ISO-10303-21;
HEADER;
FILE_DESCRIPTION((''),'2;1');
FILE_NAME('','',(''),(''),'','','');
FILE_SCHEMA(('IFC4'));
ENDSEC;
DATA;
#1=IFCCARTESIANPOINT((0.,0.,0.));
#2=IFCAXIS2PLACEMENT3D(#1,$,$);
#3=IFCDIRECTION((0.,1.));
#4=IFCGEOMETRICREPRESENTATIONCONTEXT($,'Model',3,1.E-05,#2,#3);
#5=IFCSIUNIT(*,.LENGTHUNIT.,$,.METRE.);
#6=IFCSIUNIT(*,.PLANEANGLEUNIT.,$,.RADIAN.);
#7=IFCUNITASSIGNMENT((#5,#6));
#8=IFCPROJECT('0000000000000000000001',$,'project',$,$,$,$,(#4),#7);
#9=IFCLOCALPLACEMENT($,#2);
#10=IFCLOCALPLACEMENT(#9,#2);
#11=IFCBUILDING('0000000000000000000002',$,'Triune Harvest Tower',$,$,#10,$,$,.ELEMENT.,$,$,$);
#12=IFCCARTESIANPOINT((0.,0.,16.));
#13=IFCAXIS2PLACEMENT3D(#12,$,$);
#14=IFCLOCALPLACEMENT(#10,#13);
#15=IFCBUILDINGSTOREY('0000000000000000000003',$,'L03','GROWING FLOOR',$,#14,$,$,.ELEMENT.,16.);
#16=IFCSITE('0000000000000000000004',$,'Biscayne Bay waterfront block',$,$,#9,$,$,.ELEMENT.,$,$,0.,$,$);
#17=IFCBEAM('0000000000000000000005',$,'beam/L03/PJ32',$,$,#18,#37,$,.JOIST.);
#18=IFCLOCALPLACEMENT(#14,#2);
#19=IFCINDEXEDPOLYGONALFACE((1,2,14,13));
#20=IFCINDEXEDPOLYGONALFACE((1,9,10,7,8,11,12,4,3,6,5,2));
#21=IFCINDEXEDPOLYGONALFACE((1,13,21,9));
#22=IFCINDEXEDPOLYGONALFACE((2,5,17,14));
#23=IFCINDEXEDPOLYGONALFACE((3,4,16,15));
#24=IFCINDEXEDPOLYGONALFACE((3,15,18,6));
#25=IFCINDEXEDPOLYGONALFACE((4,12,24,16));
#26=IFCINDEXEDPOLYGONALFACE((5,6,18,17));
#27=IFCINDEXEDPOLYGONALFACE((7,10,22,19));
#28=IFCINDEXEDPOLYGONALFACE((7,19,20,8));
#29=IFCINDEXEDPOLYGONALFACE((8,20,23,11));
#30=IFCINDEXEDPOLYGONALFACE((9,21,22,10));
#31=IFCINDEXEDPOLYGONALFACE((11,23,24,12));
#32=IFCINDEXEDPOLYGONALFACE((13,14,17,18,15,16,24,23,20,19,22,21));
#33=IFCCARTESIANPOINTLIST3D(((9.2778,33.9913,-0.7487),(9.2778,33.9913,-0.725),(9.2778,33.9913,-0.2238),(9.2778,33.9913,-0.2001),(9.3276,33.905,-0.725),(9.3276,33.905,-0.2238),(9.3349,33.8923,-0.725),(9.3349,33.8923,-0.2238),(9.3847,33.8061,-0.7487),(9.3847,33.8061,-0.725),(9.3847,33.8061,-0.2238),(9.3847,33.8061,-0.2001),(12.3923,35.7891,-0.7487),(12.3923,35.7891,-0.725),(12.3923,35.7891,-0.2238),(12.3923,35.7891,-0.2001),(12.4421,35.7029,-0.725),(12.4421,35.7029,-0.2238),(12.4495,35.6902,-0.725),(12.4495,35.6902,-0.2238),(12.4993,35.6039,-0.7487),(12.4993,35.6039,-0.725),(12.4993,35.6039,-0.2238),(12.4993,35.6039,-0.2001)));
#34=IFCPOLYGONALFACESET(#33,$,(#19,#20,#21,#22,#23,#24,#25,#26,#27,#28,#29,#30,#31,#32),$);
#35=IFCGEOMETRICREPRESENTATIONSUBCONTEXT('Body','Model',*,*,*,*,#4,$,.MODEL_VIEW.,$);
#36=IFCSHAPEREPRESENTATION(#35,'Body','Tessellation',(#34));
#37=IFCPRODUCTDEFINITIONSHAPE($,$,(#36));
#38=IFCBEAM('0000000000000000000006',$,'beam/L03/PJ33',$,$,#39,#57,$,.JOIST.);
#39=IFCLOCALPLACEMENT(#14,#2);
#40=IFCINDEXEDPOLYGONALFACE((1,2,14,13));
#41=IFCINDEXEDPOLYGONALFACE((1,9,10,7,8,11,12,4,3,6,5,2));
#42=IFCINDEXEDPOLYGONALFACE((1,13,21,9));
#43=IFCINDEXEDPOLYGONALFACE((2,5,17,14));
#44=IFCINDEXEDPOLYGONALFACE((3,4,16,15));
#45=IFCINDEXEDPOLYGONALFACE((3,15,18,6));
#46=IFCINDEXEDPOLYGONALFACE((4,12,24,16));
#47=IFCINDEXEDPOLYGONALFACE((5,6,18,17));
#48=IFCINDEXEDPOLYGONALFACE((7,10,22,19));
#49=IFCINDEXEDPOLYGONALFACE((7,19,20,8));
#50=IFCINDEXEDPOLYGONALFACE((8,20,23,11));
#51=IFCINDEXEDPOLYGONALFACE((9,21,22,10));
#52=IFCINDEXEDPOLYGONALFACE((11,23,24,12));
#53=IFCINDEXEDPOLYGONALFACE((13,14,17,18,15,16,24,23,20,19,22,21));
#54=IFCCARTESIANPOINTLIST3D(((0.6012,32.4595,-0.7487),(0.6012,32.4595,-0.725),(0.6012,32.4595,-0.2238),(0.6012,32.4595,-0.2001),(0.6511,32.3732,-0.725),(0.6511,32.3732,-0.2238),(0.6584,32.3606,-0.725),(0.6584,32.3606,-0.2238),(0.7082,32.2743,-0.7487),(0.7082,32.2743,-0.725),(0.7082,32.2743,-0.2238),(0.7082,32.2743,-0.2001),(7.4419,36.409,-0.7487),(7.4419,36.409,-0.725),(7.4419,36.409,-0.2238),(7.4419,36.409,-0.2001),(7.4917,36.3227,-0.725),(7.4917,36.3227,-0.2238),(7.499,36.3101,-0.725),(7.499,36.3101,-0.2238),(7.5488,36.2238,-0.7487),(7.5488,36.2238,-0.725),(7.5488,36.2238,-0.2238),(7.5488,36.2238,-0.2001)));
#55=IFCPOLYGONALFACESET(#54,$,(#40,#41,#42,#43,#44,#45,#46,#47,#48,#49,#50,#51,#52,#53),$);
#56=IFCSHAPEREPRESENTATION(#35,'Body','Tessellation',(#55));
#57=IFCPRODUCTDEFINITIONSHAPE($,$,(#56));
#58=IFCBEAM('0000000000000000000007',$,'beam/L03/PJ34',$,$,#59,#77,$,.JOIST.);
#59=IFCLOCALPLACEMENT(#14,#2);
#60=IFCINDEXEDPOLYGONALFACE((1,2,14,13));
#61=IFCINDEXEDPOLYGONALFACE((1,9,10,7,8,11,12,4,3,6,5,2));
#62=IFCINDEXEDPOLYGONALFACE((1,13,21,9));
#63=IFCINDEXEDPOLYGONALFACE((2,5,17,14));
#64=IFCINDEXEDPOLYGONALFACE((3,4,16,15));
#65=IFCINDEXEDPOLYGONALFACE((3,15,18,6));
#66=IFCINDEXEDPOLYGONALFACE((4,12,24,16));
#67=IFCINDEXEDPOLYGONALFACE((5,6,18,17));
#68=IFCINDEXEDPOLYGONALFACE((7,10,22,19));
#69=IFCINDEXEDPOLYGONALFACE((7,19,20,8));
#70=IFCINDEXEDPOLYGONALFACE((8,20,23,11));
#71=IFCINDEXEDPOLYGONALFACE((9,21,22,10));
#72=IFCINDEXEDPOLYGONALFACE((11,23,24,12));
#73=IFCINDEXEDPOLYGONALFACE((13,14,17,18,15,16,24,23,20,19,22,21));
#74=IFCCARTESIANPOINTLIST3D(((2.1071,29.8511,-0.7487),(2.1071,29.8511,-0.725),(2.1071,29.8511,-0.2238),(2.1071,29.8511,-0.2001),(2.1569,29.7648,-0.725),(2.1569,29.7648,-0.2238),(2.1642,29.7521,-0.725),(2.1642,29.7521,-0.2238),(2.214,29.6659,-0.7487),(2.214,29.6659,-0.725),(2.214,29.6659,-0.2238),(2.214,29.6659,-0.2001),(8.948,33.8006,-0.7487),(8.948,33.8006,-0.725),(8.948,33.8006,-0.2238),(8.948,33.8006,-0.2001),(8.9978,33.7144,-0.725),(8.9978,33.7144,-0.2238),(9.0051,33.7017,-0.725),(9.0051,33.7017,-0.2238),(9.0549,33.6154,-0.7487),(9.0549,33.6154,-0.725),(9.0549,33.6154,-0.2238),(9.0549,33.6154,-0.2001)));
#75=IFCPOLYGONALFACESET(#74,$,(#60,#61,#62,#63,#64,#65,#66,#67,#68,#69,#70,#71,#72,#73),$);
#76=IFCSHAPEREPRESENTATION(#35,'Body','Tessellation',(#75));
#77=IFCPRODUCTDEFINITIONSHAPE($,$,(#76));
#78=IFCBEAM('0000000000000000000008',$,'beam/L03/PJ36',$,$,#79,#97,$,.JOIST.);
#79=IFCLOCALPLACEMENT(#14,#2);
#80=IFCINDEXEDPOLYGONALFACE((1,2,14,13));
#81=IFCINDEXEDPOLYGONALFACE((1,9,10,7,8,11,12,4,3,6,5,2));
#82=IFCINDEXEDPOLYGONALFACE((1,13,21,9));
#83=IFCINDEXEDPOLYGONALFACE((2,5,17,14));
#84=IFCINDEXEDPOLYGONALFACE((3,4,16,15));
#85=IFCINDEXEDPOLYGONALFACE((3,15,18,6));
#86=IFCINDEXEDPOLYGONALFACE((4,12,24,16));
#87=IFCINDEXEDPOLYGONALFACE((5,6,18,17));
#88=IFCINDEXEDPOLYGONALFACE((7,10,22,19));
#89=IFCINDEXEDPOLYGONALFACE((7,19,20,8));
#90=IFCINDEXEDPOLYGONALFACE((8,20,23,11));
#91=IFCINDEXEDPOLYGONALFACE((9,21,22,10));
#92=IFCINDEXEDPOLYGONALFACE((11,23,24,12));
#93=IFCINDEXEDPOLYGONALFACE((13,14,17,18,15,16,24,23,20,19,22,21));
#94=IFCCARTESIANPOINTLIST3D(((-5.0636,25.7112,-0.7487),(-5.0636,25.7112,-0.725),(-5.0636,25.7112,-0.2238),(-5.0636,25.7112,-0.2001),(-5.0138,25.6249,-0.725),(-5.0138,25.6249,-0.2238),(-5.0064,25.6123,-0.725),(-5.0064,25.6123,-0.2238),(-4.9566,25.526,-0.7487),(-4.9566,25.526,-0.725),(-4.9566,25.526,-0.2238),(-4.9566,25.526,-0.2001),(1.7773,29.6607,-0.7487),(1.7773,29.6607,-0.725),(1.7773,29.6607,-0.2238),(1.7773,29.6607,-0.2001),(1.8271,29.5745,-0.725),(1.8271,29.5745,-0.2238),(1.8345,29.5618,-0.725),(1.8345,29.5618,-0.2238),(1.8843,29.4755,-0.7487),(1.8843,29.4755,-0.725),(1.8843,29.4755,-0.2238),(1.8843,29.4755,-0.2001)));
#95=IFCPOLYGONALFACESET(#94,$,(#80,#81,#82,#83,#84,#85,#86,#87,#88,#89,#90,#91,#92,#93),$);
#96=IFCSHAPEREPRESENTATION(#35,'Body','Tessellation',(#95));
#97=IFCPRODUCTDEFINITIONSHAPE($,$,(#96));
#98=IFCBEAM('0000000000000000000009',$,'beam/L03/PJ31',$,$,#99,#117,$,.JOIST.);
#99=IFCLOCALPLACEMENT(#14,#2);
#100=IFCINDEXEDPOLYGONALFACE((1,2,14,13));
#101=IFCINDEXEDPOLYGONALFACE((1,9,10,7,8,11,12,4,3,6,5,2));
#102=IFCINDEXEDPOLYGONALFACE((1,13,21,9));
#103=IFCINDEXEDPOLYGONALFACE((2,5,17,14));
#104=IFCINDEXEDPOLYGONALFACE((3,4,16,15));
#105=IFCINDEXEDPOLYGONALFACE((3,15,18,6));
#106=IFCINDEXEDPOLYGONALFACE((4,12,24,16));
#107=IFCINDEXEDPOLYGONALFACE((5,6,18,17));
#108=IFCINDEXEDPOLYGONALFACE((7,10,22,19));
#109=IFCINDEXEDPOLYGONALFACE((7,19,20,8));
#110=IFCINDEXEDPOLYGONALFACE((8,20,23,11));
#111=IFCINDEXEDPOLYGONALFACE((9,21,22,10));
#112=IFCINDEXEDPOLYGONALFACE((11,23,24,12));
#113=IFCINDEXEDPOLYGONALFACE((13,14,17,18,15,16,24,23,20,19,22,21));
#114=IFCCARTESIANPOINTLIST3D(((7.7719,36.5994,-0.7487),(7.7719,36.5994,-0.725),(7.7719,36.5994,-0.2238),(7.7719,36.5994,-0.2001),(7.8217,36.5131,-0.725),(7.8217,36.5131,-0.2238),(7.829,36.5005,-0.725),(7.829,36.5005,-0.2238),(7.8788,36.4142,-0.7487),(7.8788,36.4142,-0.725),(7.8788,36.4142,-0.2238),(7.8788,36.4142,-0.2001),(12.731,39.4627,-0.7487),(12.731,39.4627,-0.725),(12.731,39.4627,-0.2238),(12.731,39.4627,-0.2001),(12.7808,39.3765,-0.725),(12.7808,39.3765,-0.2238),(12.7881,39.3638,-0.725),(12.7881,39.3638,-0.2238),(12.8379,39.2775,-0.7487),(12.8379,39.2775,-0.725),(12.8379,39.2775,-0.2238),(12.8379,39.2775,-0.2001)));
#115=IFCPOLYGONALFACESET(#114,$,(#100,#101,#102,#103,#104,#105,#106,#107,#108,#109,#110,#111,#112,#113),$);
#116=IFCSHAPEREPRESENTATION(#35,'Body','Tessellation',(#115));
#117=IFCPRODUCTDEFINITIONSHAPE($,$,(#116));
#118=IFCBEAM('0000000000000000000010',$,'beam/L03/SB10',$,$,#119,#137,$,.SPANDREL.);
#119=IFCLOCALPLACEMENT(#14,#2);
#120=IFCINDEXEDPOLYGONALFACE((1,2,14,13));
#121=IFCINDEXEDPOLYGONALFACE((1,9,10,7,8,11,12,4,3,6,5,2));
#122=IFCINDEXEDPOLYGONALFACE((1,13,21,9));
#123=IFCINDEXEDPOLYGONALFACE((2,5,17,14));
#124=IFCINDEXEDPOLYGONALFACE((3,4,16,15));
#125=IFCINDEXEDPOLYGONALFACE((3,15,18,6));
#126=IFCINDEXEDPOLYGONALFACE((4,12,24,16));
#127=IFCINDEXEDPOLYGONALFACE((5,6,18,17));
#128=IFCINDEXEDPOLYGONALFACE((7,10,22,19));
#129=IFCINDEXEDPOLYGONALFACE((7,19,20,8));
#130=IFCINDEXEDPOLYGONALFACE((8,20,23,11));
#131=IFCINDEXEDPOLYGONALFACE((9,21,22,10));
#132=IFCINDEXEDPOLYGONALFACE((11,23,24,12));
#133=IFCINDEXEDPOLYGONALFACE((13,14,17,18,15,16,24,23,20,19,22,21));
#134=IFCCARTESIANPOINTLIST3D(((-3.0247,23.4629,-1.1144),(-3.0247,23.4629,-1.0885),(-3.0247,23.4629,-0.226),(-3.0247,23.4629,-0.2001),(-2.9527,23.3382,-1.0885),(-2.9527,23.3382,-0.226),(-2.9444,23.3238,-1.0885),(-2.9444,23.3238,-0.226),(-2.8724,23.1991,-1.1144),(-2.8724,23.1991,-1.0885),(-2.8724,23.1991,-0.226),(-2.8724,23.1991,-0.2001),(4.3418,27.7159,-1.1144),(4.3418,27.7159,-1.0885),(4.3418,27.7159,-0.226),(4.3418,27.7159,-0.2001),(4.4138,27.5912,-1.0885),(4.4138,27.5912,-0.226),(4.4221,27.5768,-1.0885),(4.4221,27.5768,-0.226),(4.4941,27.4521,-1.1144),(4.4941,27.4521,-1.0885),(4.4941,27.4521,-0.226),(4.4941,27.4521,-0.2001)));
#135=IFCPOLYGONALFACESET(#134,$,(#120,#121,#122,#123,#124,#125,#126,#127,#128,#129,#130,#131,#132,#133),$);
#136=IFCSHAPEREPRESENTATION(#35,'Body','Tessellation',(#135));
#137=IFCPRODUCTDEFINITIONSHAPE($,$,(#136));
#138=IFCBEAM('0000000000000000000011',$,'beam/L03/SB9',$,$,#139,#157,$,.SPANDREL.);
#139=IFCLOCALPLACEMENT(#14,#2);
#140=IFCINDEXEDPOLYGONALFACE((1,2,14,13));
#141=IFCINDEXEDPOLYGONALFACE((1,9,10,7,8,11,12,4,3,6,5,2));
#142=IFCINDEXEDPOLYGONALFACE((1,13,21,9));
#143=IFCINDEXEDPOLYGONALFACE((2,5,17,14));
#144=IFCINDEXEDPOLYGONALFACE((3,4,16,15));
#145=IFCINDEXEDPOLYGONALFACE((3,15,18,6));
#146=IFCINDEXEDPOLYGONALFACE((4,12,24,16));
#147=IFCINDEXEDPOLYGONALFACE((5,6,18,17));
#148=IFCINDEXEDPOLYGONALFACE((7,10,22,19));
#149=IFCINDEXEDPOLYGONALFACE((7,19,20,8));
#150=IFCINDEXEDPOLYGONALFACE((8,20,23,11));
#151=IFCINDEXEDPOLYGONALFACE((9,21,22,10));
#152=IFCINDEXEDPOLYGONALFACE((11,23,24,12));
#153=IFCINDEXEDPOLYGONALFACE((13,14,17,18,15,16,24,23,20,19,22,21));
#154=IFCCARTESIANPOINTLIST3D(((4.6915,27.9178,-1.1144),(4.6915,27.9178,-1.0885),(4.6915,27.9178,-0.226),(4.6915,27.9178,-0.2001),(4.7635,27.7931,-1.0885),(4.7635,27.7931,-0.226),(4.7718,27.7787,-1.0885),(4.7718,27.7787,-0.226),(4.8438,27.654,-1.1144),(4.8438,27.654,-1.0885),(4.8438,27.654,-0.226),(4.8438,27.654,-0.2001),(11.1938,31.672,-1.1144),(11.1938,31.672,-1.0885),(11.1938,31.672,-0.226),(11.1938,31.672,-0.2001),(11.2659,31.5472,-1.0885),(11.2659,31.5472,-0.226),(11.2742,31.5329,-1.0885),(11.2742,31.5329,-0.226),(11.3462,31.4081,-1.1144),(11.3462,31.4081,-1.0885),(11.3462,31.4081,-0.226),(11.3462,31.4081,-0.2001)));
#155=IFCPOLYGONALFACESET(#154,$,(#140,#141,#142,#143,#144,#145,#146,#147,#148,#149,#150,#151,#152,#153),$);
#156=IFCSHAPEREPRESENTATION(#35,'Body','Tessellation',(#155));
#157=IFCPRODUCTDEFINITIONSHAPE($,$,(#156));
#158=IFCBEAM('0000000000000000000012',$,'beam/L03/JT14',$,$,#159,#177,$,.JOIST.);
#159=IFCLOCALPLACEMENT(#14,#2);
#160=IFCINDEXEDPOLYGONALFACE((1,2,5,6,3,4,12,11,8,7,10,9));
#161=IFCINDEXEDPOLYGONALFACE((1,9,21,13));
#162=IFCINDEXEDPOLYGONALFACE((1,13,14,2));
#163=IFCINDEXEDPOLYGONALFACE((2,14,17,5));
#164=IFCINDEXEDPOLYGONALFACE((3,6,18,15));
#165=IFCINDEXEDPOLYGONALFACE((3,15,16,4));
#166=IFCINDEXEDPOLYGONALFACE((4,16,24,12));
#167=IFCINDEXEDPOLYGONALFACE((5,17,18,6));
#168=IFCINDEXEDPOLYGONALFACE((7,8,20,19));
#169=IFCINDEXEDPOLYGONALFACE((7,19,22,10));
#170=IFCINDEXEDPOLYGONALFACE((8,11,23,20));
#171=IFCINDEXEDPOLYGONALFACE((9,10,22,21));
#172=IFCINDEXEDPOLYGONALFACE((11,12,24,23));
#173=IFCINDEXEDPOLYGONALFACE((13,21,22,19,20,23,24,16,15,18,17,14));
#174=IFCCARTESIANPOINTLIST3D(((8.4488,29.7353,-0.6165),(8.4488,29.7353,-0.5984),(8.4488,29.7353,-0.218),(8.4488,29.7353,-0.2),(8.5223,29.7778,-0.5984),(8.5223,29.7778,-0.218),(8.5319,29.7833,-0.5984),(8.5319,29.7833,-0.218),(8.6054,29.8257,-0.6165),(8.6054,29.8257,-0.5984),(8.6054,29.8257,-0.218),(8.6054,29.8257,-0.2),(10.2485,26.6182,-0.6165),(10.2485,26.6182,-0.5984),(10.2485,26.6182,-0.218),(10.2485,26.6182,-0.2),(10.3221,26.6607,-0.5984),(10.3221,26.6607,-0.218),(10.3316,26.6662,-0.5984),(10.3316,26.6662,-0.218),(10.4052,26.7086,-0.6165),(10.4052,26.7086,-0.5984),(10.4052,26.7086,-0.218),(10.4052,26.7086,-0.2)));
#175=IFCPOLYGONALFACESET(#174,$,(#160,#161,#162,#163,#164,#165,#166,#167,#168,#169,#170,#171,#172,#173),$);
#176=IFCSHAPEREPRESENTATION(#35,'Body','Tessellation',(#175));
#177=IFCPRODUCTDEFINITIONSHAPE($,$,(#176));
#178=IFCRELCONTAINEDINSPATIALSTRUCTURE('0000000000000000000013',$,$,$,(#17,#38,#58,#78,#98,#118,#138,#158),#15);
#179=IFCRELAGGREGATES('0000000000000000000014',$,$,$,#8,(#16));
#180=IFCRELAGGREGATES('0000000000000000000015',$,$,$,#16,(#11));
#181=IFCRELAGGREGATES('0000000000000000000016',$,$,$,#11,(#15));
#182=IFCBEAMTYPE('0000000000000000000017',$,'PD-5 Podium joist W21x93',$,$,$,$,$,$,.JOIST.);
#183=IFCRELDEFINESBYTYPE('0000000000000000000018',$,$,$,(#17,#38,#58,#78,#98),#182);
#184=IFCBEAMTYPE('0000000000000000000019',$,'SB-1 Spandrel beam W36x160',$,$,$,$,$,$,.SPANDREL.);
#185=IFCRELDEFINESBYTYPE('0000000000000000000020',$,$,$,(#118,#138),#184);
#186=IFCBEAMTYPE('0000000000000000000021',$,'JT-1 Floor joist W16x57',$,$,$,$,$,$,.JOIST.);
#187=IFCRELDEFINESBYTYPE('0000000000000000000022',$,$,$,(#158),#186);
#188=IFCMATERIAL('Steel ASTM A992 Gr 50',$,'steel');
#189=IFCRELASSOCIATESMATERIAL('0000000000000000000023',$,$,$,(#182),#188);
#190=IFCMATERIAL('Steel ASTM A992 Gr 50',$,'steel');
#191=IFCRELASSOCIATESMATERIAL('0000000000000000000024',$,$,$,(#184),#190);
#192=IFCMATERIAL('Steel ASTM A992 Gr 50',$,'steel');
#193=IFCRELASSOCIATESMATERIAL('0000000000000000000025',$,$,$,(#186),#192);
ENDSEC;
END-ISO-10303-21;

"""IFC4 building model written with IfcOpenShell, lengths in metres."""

from ifc_helpers import new_model, si_unit, direction, frame, origin, origin_2d, place, context, subcontext, project, spatial, i_section, extrude, source, transform, mapped, material, material_profile, profile_set, type_object, element, save


model = new_model("IFC4")

# Units and contexts
model_context = context("Model", 3, precision=1e-05, world=origin(), true_north=direction((0.0, 1.0)))
body_context = subcontext(model_context, "Body", "Model", "MODEL_VIEW")
ifc_project = project(units=[si_unit("LENGTHUNIT", "METRE"), si_unit("PLANEANGLEUNIT", "RADIAN")], contexts=[model_context])

# Site, building, storey
site_placement = place(None, origin())
site = spatial("IfcSite", under=ifc_project, at=site_placement, Name="Biscayne Bay waterfront block", CompositionType="ELEMENT", RefElevation=0.0)
building_placement = place(site_placement, origin())
building = spatial("IfcBuilding", under=site, at=building_placement, Name="Triune Harvest Tower", CompositionType="ELEMENT")
storey_placement = place(building_placement, frame((0.0, 0.0, 16.0)))
storey = spatial("IfcBuildingStorey", under=building, at=storey_placement, Name="L03", Description="GROWING FLOOR", CompositionType="ELEMENT", Elevation=16.0)

# Beams
ifc_material_1 = material(Name="Steel ASTM A992 Gr 50", Category="steel")
ifc_material_profile_1 = material_profile(ifc_material_1, i_section(OverallWidth=0.2139, OverallDepth=0.5486, WebThickness=0.0146, FlangeThickness=0.0237, at=origin_2d()), Name="W21x93")
ifc_profile_set_1 = profile_set([ifc_material_profile_1], Name="Steel ASTM A992 Gr 50")
beam_type_1 = type_object("IfcBeamType", Name="PD-5 Podium joist W21x93", PredefinedType="JOIST", material=ifc_profile_set_1)
shared_shape_1 = source(origin(), body_context, "Body", "SweptSolid", [
    extrude(i_section(OverallWidth=0.2139, OverallDepth=0.5486, WebThickness=0.0146, FlangeThickness=0.0237, at=origin_2d()), origin(), (0.0, 0.0, 1.0), 3.5962),
])
beam_1_placement = place(storey_placement, frame((12.4458, 35.6965, -0.4744), z_axis=(-0.866062, -0.499936, 0.0), x_axis=(0.499936, -0.866062, 0.0)))
element("IfcBeam", 1, at=beam_1_placement, inside=storey, type_object=beam_type_1, Name="beam/L03/PJ32", PredefinedType="JOIST", context=body_context, shape_type="MappedRepresentation", body=[
    mapped(shared_shape_1, transform((0.0, 0.0, 0.0), scale=1.0)),
])
shared_shape_2 = source(origin(), body_context, "Body", "SweptSolid", [
    extrude(i_section(OverallWidth=0.2139, OverallDepth=0.5486, WebThickness=0.0146, FlangeThickness=0.0237, at=origin_2d()), origin(), (0.0, 0.0, 1.0), 7.8989),
])
beam_2_placement = place(storey_placement, frame((7.4954, 36.3164, -0.4744), z_axis=(-0.866022, -0.500005, 0.0), x_axis=(0.500005, -0.866022, 0.0)))
element("IfcBeam", 2, at=beam_2_placement, inside=storey, type_object=beam_type_1, Name="beam/L03/PJ33", PredefinedType="JOIST", context=body_context, shape_type="MappedRepresentation", body=[
    mapped(shared_shape_2, transform((0.0, 0.0, 0.0), scale=1.0)),
])
shared_shape_3 = source(origin(), body_context, "Body", "SweptSolid", [
    extrude(i_section(OverallWidth=0.2139, OverallDepth=0.5486, WebThickness=0.0146, FlangeThickness=0.0237, at=origin_2d()), origin(), (0.0, 0.0, 1.0), 7.8992),
])
for number, where, z_axis, x_axis, name in (
    (3, (9.0015, 33.708, -0.4744), (-0.86603, -0.499992, 0.0), (0.499992, -0.86603, 0.0), "beam/L03/PJ34"),
    (4, (1.8308, 29.5681, -0.4744), (-0.86603, -0.499992, 0.0), (0.499992, -0.86603, 0.0), "beam/L03/PJ36"),
):
    element("IfcBeam", number, at=place(storey_placement, frame(where, z_axis=z_axis, x_axis=x_axis)), inside=storey, type_object=beam_type_1, Name=name, PredefinedType="JOIST", context=body_context, shape_type="MappedRepresentation", body=[
        mapped(shared_shape_3, transform((0.0, 0.0, 0.0), scale=1.0)),
    ])
shared_shape_4 = source(origin(), body_context, "Body", "SweptSolid", [
    extrude(i_section(OverallWidth=0.2139, OverallDepth=0.5486, WebThickness=0.0146, FlangeThickness=0.0237, at=origin_2d()), origin(), (0.0, 0.0, 1.0), 5.7263),
])
beam_3_placement = place(storey_placement, frame((12.7844, 39.3701, -0.4744), z_axis=(-0.86601, -0.500028, 0.0), x_axis=(0.500028, -0.86601, 0.0)))
element("IfcBeam", 5, at=beam_3_placement, inside=storey, type_object=beam_type_1, Name="beam/L03/PJ31", PredefinedType="JOIST", context=body_context, shape_type="MappedRepresentation", body=[
    mapped(shared_shape_4, transform((0.0, 0.0, 0.0), scale=1.0)),
])
ifc_material_2 = material(Name="Steel ASTM A992 Gr 50", Category="steel")
ifc_material_profile_2 = material_profile(ifc_material_2, i_section(OverallWidth=0.3047, OverallDepth=0.9143, WebThickness=0.0166, FlangeThickness=0.0259, at=origin_2d()), Name="W36x160")
ifc_profile_set_2 = profile_set([ifc_material_profile_2], Name="Steel ASTM A992 Gr 50")
beam_type_2 = type_object("IfcBeamType", Name="SB-1 Spandrel beam W36x160", PredefinedType="SPANDREL", material=ifc_profile_set_2)
shared_shape_5 = source(origin(), body_context, "Body", "SweptSolid", [
    extrude(i_section(OverallWidth=0.3047, OverallDepth=0.9143, WebThickness=0.0166, FlangeThickness=0.0259, at=origin_2d()), origin(), (0.0, 0.0, 1.0), 8.5061),
])
beam_4_placement = place(storey_placement, frame((4.418, 27.584, -0.6572), z_axis=(-0.86603, -0.499992, 0.0), x_axis=(0.499992, -0.86603, 0.0)))
element("IfcBeam", 6, at=beam_4_placement, inside=storey, type_object=beam_type_2, Name="beam/L03/SB10", PredefinedType="SPANDREL", context=body_context, shape_type="MappedRepresentation", body=[
    mapped(shared_shape_5, transform((0.0, 0.0, 0.0), scale=1.0)),
])
shared_shape_6 = source(origin(), body_context, "Body", "SweptSolid", [
    extrude(i_section(OverallWidth=0.3047, OverallDepth=0.9143, WebThickness=0.0166, FlangeThickness=0.0259, at=origin_2d()), origin(), (0.0, 0.0, 1.0), 7.5083),
])
beam_5_placement = place(storey_placement, frame((11.27, 31.54, -0.6572), z_axis=(-0.866027, -0.499996, 0.0), x_axis=(0.499996, -0.866027, 0.0)))
element("IfcBeam", 7, at=beam_5_placement, inside=storey, type_object=beam_type_2, Name="beam/L03/SB9", PredefinedType="SPANDREL", context=body_context, shape_type="MappedRepresentation", body=[
    mapped(shared_shape_6, transform((0.0, 0.0, 0.0), scale=1.0)),
])
ifc_material_3 = material(Name="Steel ASTM A992 Gr 50", Category="steel")
ifc_material_profile_3 = material_profile(ifc_material_3, i_section(OverallWidth=0.1809, OverallDepth=0.4165, WebThickness=0.011, FlangeThickness=0.0181, at=origin_2d()), Name="W16x57")
ifc_profile_set_3 = profile_set([ifc_material_profile_3], Name="Steel ASTM A992 Gr 50")
beam_type_3 = type_object("IfcBeamType", Name="JT-1 Floor joist W16x57", PredefinedType="JOIST", material=ifc_profile_set_3)
shared_shape_7 = source(origin(), body_context, "Body", "SweptSolid", [
    extrude(i_section(OverallWidth=0.1809, OverallDepth=0.4165, WebThickness=0.011, FlangeThickness=0.0181, at=origin_2d()), origin(), (0.0, 0.0, 1.0), 3.5994),
])
beam_6_placement = place(storey_placement, frame((8.5271, 29.7805, -0.4082), z_axis=(0.50002, -0.866014, 0.0), x_axis=(0.866014, 0.50002, 0.0)))
element("IfcBeam", 8, at=beam_6_placement, inside=storey, type_object=beam_type_3, Name="beam/L03/JT14", PredefinedType="JOIST", context=body_context, shape_type="MappedRepresentation", body=[
    mapped(shared_shape_7, transform((0.0, 0.0, 0.0), scale=1.0)),
])

save(model, "model.ifc")
